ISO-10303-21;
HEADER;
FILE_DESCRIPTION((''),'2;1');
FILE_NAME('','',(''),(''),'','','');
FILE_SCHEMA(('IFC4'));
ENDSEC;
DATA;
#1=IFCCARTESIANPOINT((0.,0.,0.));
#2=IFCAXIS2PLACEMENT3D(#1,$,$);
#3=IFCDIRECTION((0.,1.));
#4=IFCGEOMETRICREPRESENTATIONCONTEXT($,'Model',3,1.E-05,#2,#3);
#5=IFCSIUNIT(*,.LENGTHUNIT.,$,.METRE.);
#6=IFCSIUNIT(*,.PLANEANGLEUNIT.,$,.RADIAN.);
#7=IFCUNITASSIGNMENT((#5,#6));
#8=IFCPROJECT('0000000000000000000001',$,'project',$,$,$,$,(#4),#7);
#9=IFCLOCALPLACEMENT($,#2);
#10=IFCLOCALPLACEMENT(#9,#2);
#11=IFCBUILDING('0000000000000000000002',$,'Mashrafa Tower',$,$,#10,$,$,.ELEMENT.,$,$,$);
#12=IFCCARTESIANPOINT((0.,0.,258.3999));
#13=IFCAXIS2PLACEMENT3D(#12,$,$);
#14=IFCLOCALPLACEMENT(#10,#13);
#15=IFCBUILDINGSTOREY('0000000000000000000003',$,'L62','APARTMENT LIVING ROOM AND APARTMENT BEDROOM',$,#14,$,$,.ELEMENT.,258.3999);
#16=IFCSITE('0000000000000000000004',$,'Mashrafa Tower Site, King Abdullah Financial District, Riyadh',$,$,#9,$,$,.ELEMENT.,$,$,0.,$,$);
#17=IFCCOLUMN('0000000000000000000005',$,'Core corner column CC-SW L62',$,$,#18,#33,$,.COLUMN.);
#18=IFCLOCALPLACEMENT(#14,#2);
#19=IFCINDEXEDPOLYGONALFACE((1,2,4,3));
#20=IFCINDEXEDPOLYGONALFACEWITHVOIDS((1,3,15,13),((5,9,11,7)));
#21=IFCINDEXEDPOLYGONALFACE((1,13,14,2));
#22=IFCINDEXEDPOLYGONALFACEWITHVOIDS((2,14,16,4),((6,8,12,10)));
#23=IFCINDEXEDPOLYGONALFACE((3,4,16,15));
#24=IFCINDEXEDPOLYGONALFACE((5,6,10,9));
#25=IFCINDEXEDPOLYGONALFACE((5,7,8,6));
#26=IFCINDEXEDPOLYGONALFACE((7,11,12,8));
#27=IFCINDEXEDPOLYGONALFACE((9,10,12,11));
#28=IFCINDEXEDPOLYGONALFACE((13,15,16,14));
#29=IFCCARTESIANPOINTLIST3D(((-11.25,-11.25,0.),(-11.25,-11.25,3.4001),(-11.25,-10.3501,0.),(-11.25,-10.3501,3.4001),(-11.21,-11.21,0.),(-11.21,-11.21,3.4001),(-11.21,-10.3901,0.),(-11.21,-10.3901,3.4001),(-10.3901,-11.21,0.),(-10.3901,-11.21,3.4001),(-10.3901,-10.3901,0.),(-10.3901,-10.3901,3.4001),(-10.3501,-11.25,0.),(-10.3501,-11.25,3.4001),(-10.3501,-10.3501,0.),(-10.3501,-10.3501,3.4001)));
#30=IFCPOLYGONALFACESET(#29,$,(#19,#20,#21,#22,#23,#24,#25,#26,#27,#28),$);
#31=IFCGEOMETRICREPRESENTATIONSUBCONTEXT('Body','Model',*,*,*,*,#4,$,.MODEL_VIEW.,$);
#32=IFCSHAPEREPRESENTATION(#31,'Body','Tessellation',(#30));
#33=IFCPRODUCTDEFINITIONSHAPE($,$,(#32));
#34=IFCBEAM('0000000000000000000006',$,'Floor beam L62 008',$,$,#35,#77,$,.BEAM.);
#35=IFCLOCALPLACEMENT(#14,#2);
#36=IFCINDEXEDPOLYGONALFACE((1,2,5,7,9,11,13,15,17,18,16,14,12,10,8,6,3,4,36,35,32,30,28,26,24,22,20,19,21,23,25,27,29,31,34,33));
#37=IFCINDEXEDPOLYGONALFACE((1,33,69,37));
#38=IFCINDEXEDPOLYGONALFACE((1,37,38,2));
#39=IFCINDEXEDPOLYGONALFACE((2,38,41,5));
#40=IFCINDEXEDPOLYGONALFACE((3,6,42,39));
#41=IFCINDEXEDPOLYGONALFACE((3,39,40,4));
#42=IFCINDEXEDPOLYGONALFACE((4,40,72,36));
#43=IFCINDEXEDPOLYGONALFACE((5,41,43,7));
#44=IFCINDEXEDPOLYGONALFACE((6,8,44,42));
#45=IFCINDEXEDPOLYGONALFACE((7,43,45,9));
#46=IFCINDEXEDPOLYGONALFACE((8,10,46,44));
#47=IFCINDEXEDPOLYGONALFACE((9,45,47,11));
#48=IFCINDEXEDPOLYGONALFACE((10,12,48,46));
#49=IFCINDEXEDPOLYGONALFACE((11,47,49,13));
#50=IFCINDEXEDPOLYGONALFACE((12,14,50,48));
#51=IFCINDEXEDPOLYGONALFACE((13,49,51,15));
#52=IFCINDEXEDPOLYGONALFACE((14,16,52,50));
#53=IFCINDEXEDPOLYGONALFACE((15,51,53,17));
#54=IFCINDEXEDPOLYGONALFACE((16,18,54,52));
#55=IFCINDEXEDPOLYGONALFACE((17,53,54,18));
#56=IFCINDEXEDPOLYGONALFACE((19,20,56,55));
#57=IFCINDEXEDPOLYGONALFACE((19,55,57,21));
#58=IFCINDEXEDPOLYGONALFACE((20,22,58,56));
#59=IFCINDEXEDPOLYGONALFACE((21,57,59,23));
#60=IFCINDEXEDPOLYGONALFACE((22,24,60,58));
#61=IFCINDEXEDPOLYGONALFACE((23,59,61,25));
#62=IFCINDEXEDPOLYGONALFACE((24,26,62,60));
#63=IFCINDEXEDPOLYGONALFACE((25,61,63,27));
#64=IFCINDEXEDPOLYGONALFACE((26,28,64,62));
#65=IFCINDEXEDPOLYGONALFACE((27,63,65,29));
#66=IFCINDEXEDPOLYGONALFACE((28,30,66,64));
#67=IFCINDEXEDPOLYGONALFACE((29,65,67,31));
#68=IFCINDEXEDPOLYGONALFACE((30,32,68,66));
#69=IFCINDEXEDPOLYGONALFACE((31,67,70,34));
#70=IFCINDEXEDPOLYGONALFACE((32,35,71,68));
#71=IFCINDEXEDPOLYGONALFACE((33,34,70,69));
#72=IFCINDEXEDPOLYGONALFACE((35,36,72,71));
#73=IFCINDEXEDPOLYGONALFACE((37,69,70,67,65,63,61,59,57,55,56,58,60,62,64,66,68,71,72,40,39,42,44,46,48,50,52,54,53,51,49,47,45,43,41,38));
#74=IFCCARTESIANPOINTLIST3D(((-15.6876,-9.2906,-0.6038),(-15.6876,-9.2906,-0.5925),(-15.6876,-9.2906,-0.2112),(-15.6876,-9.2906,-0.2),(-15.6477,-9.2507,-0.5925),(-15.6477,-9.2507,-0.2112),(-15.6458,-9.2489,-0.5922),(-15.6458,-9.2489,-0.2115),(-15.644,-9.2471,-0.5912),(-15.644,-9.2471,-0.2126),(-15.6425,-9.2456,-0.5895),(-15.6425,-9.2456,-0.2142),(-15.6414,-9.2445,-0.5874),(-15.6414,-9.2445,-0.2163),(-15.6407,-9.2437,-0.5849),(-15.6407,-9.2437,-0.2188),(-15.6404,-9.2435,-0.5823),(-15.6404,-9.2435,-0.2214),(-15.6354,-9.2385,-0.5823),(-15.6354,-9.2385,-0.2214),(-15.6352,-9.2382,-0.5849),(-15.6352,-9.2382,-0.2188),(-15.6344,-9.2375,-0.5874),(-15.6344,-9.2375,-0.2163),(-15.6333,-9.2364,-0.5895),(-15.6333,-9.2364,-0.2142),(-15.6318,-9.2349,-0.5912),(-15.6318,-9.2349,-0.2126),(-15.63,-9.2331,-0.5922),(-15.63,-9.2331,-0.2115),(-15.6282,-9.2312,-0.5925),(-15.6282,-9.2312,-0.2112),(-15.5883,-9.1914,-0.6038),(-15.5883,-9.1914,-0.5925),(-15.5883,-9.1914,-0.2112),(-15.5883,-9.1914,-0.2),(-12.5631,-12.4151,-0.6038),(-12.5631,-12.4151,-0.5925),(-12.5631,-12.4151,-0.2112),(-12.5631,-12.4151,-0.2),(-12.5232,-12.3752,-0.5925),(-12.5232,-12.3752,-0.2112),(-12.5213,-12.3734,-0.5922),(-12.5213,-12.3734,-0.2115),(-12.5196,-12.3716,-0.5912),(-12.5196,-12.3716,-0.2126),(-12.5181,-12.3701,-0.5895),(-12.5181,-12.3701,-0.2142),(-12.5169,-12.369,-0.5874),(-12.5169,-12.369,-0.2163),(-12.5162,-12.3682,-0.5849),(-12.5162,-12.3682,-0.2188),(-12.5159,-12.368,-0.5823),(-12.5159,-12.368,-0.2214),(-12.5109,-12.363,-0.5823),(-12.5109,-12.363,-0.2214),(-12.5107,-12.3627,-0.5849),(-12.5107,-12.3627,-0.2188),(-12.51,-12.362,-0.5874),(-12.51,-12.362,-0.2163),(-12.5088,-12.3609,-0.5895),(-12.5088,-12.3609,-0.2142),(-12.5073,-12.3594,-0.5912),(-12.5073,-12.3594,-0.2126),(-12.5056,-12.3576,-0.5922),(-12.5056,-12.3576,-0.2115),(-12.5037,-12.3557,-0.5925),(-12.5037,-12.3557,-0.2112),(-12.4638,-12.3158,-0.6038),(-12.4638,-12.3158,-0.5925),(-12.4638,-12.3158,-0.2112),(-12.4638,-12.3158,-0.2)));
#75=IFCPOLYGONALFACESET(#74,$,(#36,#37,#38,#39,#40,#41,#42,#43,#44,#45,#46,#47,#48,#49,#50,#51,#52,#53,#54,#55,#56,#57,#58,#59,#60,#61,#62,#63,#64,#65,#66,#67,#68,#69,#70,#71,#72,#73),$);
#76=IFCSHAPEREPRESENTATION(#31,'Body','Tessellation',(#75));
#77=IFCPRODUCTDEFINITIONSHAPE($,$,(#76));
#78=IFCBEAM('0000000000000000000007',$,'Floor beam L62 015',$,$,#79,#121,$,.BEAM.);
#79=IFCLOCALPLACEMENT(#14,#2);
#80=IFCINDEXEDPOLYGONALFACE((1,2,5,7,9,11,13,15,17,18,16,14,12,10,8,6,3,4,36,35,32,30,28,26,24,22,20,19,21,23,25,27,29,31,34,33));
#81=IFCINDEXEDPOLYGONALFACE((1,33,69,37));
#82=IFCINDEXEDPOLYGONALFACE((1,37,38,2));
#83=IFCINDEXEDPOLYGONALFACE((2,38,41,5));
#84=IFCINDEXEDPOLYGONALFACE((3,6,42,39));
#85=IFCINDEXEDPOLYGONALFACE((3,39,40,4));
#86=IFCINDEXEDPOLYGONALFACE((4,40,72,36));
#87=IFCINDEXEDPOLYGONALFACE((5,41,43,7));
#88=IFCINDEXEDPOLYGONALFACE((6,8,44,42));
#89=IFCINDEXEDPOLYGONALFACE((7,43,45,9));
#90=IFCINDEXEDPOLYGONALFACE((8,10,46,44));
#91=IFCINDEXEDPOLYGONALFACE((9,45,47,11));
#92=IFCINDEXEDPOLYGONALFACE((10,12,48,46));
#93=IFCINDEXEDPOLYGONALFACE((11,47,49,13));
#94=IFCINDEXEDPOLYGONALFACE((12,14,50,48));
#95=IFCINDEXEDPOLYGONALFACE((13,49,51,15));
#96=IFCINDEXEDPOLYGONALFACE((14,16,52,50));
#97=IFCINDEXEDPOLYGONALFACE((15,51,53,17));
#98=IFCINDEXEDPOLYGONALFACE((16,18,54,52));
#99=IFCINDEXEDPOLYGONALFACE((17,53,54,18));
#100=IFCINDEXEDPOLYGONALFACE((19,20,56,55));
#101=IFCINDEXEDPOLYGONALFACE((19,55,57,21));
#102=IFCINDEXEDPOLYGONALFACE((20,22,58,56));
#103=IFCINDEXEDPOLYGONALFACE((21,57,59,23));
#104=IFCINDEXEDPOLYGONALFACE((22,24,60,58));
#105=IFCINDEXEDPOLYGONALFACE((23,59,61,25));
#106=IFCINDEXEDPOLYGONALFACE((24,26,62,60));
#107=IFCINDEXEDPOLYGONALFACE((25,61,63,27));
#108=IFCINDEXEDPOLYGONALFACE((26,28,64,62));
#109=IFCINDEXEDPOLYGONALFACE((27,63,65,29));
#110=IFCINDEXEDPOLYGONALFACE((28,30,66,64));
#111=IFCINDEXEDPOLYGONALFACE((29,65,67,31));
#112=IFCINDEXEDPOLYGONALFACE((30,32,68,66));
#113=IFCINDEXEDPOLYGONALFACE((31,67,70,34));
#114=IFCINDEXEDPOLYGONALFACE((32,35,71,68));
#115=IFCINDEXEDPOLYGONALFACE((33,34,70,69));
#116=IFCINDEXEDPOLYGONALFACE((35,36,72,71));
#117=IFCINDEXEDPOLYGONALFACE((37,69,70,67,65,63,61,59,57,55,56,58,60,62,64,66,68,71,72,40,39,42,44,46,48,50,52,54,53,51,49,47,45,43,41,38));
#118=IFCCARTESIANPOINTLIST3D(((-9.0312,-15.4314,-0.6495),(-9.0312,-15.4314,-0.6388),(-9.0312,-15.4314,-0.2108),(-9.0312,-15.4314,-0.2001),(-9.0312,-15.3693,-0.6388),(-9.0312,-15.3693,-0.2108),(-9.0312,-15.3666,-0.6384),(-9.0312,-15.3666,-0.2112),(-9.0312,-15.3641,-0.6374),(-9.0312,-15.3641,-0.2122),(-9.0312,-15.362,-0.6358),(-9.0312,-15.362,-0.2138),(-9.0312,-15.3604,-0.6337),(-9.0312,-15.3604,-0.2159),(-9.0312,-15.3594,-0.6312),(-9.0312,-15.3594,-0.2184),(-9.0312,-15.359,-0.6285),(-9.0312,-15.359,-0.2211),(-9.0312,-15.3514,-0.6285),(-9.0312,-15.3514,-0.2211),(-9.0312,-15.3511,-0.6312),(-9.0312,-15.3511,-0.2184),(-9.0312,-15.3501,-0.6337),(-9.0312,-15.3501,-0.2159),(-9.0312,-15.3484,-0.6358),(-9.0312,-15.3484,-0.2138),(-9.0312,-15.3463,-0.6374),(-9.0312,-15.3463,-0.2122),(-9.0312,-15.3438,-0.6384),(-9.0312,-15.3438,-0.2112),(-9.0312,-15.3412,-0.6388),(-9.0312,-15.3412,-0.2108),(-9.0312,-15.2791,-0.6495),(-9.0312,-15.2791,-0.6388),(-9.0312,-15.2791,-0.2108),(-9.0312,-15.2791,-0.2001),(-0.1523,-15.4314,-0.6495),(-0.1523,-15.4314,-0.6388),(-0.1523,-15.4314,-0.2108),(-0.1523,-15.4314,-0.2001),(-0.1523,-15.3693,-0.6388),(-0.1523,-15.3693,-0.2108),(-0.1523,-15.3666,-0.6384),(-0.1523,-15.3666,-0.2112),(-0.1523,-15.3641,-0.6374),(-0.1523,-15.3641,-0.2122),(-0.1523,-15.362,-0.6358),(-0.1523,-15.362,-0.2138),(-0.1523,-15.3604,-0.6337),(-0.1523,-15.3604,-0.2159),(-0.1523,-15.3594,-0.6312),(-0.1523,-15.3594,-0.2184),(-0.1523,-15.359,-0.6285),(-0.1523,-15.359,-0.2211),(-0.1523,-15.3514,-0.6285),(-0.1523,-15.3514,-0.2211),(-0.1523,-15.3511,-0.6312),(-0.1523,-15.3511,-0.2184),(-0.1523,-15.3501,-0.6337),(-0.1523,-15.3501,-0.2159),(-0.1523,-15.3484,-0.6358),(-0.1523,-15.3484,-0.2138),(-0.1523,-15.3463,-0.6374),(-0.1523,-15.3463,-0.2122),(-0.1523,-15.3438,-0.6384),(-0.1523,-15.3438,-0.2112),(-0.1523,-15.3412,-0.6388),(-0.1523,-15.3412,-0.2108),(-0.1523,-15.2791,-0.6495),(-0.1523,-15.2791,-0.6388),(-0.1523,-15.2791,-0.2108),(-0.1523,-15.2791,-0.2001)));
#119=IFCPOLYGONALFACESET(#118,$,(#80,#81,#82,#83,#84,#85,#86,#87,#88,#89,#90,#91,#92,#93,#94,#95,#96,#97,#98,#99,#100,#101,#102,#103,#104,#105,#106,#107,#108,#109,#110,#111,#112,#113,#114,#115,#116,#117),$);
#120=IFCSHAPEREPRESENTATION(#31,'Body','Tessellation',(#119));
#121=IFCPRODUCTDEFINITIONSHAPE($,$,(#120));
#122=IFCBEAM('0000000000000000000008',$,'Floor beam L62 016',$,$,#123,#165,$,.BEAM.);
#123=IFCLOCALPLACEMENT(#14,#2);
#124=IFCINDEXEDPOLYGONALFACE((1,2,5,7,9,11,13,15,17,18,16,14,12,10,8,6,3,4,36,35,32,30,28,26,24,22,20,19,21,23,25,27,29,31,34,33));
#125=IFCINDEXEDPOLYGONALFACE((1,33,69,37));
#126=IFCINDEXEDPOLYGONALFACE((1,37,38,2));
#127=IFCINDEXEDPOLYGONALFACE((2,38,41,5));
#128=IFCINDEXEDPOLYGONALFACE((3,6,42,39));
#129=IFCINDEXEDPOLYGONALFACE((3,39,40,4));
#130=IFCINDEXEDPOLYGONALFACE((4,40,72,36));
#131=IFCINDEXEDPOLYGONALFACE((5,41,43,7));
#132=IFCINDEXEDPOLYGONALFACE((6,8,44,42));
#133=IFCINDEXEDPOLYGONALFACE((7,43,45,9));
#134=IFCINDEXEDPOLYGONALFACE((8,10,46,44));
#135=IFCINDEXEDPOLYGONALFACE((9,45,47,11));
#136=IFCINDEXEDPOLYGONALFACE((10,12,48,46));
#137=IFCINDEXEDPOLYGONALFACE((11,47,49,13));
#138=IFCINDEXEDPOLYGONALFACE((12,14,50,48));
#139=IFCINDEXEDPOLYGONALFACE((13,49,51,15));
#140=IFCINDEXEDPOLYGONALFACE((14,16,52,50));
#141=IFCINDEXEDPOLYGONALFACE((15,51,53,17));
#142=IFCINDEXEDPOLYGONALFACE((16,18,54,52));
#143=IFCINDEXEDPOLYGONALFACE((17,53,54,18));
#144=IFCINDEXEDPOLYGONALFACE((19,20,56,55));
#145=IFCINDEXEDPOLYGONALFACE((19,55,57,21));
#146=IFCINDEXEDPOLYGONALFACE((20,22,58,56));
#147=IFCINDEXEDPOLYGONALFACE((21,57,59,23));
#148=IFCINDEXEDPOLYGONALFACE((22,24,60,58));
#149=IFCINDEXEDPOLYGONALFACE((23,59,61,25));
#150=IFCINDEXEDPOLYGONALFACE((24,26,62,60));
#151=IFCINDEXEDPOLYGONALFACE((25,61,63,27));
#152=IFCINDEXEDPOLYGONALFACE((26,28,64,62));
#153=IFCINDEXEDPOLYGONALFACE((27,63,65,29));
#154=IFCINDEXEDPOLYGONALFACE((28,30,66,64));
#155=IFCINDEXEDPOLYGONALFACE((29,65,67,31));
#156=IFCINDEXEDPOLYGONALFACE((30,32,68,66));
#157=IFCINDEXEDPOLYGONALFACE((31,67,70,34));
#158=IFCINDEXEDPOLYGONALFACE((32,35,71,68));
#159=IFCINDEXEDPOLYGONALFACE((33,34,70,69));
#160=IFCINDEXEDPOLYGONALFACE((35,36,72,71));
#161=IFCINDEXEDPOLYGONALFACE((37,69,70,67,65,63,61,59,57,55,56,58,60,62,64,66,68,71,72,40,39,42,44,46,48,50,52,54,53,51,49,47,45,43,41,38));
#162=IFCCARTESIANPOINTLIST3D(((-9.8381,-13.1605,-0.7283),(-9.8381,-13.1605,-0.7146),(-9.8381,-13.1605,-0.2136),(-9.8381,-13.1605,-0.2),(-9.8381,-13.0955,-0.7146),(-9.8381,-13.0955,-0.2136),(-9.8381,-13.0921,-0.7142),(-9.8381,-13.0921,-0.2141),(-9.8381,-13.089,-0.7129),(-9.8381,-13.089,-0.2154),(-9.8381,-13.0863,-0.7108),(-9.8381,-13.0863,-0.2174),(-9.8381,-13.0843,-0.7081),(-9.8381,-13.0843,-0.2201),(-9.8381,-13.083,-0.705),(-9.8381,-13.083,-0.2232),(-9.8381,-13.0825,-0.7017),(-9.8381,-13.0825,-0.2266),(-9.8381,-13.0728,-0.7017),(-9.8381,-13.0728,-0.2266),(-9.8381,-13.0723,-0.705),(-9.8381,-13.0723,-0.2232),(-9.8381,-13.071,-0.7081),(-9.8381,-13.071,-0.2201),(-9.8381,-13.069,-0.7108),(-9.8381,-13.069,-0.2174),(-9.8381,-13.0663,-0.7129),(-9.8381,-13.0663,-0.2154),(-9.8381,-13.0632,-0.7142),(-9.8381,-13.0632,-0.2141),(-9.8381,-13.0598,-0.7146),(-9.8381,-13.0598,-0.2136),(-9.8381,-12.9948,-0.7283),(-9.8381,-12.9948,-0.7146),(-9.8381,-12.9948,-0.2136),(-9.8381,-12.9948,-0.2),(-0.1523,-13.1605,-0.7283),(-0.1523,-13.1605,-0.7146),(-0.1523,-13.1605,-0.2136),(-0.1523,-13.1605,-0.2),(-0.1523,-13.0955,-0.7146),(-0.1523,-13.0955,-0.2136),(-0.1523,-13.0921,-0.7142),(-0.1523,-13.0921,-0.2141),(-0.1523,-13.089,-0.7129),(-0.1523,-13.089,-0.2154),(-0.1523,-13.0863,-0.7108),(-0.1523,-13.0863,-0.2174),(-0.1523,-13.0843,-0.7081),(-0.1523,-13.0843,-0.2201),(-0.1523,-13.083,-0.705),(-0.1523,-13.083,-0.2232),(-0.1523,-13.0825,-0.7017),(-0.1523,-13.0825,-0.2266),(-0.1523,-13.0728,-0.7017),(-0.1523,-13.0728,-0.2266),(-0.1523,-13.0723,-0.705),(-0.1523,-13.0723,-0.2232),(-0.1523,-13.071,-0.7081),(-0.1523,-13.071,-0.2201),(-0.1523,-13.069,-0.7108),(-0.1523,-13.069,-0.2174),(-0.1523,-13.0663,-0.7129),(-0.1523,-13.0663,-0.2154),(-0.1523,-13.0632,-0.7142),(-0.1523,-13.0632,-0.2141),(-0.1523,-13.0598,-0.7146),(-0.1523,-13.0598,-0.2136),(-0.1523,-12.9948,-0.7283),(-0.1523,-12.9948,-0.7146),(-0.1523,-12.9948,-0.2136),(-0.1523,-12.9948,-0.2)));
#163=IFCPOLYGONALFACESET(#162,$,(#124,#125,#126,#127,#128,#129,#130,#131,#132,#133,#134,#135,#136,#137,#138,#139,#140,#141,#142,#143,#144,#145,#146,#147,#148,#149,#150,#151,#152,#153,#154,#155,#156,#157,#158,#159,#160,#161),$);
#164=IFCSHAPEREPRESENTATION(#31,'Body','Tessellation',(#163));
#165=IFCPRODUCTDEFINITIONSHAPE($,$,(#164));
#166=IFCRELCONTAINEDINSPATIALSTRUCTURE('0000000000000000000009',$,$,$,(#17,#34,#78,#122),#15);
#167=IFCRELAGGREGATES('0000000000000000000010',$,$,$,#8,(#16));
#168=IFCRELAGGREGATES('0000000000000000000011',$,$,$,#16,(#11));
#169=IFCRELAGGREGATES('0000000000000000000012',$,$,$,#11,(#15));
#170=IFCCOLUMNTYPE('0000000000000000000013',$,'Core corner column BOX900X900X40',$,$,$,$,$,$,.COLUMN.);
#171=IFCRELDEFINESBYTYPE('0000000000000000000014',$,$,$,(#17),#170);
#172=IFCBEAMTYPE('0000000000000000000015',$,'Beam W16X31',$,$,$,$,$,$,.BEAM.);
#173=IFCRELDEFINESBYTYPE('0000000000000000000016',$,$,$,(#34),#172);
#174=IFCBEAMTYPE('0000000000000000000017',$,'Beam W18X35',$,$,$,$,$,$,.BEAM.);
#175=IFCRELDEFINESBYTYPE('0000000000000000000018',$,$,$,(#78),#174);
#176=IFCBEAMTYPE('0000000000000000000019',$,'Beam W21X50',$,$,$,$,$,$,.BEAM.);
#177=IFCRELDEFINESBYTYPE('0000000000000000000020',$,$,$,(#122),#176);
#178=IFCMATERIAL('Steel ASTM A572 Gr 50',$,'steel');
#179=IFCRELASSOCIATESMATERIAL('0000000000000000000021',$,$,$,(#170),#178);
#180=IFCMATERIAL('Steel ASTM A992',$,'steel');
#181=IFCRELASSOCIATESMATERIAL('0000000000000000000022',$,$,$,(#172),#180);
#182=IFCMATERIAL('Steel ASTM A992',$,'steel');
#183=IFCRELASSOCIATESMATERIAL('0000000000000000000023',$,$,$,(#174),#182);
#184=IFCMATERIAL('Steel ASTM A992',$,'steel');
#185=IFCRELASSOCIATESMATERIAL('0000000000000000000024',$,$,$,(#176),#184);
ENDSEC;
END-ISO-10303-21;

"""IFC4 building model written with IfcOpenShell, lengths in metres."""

from ifc_helpers import new_model, si_unit, direction, frame, origin, origin_2d, place, context, subcontext, project, spatial, hollow_rectangle, i_section, extrude, material, material_profile, profile_set, type_object, element, save


model = new_model("IFC4")

# Units and contexts
model_context = context("Model", 3, precision=1e-05, world=origin(), true_north=direction((0.0, 1.0)))
body_context = subcontext(model_context, "Body", "Model", "MODEL_VIEW")
ifc_project = project(units=[si_unit("LENGTHUNIT", "METRE"), si_unit("PLANEANGLEUNIT", "RADIAN")], contexts=[model_context])

# Site, building, storey
site_placement = place(None, origin())
site = spatial("IfcSite", under=ifc_project, at=site_placement, Name="Mashrafa Tower Site, King Abdullah Financial District, Riyadh", CompositionType="ELEMENT", RefElevation=0.0)
building_placement = place(site_placement, origin())
building = spatial("IfcBuilding", under=site, at=building_placement, Name="Mashrafa Tower", CompositionType="ELEMENT")
storey_placement = place(building_placement, frame((0.0, 0.0, 258.3999)))
storey = spatial("IfcBuildingStorey", under=building, at=storey_placement, Name="L62", Description="APARTMENT LIVING ROOM AND APARTMENT BEDROOM", CompositionType="ELEMENT", Elevation=258.3999)

# Column
ifc_material_1 = material(Name="Steel ASTM A572 Gr 50", Category="steel")
ifc_material_profile_1 = material_profile(ifc_material_1, hollow_rectangle(XDim=0.8999, YDim=0.8999, WallThickness=0.04, at=origin_2d()), Name="BOX900X900X40")
ifc_profile_set_1 = profile_set([ifc_material_profile_1], Name="Steel ASTM A572 Gr 50")
column_type = type_object("IfcColumnType", Name="Core corner column BOX900X900X40", PredefinedType="COLUMN", material=ifc_profile_set_1)
column_placement = place(storey_placement, frame((-10.8, -10.8, 0.0), z_axis=(0.0, 0.0, 1.0), x_axis=(1.0, 0.0, 0.0)))
element("IfcColumn", 1, at=column_placement, inside=storey, type_object=column_type, Name="Core corner column CC-SW L62", PredefinedType="COLUMN", context=body_context, shape_type="SweptSolid", body=[
    extrude(hollow_rectangle(XDim=0.8999, YDim=0.8999, WallThickness=0.04, at=origin_2d()), origin(), (0.0, 0.0, 1.0), 3.4001),
])

# Beams
ifc_material_2 = material(Name="Steel ASTM A992", Category="steel")
ifc_material_profile_2 = material_profile(ifc_material_2, i_section(OverallWidth=0.1404, OverallDepth=0.4038, WebThickness=0.0071, FlangeThickness=0.0112, FilletRadius=0.0103, at=origin_2d()), Name="W16X31")
ifc_profile_set_2 = profile_set([ifc_material_profile_2], Name="Steel ASTM A992")
beam_type_1 = type_object("IfcBeamType", Name="Beam W16X31", PredefinedType="BEAM", material=ifc_profile_set_2)
beam_1_placement = place(storey_placement, frame((-12.5134, -12.3655, -0.4019), z_axis=(-0.707107, 0.707107, 0.0), x_axis=(-0.707107, -0.707107, 0.0)))
element("IfcBeam", 2, at=beam_1_placement, inside=storey, type_object=beam_type_1, Name="Floor beam L62 008", PredefinedType="BEAM", context=body_context, shape_type="SweptSolid", body=[
    extrude(i_section(OverallWidth=0.1404, OverallDepth=0.4038, WebThickness=0.0071, FlangeThickness=0.0112, FilletRadius=0.0103, at=origin_2d()), origin(), (0.0, 0.0, 1.0), 4.4187),
])
ifc_material_3 = material(Name="Steel ASTM A992", Category="steel")
ifc_material_profile_3 = material_profile(ifc_material_3, i_section(OverallWidth=0.1523, OverallDepth=0.4495, WebThickness=0.0076, FlangeThickness=0.0107, FilletRadius=0.0103, at=origin_2d()), Name="W18X35")
ifc_profile_set_3 = profile_set([ifc_material_profile_3], Name="Steel ASTM A992")
beam_type_2 = type_object("IfcBeamType", Name="Beam W18X35", PredefinedType="BEAM", material=ifc_profile_set_3)
beam_2_placement = place(storey_placement, frame((-0.1523, -15.3552, -0.4248), z_axis=(-1.0, 0.0, 0.0), x_axis=(0.0, -1.0, 0.0)))
element("IfcBeam", 3, at=beam_2_placement, inside=storey, type_object=beam_type_2, Name="Floor beam L62 015", PredefinedType="BEAM", context=body_context, shape_type="SweptSolid", body=[
    extrude(i_section(OverallWidth=0.1523, OverallDepth=0.4495, WebThickness=0.0076, FlangeThickness=0.0107, FilletRadius=0.0103, at=origin_2d()), origin(), (0.0, 0.0, 1.0), 8.8789),
])
ifc_material_4 = material(Name="Steel ASTM A992", Category="steel")
ifc_material_profile_4 = material_profile(ifc_material_4, i_section(OverallWidth=0.1658, OverallDepth=0.5283, WebThickness=0.0098, FlangeThickness=0.0137, FilletRadius=0.0129, at=origin_2d()), Name="W21X50")
ifc_profile_set_4 = profile_set([ifc_material_profile_4], Name="Steel ASTM A992")
beam_type_3 = type_object("IfcBeamType", Name="Beam W21X50", PredefinedType="BEAM", material=ifc_profile_set_4)
beam_3_placement = place(storey_placement, frame((-0.1523, -13.0776, -0.4641), z_axis=(-1.0, 0.0, 0.0), x_axis=(0.0, -1.0, 0.0)))
element("IfcBeam", 4, at=beam_3_placement, inside=storey, type_object=beam_type_3, Name="Floor beam L62 016", PredefinedType="BEAM", context=body_context, shape_type="SweptSolid", body=[
    extrude(i_section(OverallWidth=0.1658, OverallDepth=0.5283, WebThickness=0.0098, FlangeThickness=0.0137, FilletRadius=0.0129, at=origin_2d()), origin(), (0.0, 0.0, 1.0), 9.6858),
])

save(model, "model.ifc")
